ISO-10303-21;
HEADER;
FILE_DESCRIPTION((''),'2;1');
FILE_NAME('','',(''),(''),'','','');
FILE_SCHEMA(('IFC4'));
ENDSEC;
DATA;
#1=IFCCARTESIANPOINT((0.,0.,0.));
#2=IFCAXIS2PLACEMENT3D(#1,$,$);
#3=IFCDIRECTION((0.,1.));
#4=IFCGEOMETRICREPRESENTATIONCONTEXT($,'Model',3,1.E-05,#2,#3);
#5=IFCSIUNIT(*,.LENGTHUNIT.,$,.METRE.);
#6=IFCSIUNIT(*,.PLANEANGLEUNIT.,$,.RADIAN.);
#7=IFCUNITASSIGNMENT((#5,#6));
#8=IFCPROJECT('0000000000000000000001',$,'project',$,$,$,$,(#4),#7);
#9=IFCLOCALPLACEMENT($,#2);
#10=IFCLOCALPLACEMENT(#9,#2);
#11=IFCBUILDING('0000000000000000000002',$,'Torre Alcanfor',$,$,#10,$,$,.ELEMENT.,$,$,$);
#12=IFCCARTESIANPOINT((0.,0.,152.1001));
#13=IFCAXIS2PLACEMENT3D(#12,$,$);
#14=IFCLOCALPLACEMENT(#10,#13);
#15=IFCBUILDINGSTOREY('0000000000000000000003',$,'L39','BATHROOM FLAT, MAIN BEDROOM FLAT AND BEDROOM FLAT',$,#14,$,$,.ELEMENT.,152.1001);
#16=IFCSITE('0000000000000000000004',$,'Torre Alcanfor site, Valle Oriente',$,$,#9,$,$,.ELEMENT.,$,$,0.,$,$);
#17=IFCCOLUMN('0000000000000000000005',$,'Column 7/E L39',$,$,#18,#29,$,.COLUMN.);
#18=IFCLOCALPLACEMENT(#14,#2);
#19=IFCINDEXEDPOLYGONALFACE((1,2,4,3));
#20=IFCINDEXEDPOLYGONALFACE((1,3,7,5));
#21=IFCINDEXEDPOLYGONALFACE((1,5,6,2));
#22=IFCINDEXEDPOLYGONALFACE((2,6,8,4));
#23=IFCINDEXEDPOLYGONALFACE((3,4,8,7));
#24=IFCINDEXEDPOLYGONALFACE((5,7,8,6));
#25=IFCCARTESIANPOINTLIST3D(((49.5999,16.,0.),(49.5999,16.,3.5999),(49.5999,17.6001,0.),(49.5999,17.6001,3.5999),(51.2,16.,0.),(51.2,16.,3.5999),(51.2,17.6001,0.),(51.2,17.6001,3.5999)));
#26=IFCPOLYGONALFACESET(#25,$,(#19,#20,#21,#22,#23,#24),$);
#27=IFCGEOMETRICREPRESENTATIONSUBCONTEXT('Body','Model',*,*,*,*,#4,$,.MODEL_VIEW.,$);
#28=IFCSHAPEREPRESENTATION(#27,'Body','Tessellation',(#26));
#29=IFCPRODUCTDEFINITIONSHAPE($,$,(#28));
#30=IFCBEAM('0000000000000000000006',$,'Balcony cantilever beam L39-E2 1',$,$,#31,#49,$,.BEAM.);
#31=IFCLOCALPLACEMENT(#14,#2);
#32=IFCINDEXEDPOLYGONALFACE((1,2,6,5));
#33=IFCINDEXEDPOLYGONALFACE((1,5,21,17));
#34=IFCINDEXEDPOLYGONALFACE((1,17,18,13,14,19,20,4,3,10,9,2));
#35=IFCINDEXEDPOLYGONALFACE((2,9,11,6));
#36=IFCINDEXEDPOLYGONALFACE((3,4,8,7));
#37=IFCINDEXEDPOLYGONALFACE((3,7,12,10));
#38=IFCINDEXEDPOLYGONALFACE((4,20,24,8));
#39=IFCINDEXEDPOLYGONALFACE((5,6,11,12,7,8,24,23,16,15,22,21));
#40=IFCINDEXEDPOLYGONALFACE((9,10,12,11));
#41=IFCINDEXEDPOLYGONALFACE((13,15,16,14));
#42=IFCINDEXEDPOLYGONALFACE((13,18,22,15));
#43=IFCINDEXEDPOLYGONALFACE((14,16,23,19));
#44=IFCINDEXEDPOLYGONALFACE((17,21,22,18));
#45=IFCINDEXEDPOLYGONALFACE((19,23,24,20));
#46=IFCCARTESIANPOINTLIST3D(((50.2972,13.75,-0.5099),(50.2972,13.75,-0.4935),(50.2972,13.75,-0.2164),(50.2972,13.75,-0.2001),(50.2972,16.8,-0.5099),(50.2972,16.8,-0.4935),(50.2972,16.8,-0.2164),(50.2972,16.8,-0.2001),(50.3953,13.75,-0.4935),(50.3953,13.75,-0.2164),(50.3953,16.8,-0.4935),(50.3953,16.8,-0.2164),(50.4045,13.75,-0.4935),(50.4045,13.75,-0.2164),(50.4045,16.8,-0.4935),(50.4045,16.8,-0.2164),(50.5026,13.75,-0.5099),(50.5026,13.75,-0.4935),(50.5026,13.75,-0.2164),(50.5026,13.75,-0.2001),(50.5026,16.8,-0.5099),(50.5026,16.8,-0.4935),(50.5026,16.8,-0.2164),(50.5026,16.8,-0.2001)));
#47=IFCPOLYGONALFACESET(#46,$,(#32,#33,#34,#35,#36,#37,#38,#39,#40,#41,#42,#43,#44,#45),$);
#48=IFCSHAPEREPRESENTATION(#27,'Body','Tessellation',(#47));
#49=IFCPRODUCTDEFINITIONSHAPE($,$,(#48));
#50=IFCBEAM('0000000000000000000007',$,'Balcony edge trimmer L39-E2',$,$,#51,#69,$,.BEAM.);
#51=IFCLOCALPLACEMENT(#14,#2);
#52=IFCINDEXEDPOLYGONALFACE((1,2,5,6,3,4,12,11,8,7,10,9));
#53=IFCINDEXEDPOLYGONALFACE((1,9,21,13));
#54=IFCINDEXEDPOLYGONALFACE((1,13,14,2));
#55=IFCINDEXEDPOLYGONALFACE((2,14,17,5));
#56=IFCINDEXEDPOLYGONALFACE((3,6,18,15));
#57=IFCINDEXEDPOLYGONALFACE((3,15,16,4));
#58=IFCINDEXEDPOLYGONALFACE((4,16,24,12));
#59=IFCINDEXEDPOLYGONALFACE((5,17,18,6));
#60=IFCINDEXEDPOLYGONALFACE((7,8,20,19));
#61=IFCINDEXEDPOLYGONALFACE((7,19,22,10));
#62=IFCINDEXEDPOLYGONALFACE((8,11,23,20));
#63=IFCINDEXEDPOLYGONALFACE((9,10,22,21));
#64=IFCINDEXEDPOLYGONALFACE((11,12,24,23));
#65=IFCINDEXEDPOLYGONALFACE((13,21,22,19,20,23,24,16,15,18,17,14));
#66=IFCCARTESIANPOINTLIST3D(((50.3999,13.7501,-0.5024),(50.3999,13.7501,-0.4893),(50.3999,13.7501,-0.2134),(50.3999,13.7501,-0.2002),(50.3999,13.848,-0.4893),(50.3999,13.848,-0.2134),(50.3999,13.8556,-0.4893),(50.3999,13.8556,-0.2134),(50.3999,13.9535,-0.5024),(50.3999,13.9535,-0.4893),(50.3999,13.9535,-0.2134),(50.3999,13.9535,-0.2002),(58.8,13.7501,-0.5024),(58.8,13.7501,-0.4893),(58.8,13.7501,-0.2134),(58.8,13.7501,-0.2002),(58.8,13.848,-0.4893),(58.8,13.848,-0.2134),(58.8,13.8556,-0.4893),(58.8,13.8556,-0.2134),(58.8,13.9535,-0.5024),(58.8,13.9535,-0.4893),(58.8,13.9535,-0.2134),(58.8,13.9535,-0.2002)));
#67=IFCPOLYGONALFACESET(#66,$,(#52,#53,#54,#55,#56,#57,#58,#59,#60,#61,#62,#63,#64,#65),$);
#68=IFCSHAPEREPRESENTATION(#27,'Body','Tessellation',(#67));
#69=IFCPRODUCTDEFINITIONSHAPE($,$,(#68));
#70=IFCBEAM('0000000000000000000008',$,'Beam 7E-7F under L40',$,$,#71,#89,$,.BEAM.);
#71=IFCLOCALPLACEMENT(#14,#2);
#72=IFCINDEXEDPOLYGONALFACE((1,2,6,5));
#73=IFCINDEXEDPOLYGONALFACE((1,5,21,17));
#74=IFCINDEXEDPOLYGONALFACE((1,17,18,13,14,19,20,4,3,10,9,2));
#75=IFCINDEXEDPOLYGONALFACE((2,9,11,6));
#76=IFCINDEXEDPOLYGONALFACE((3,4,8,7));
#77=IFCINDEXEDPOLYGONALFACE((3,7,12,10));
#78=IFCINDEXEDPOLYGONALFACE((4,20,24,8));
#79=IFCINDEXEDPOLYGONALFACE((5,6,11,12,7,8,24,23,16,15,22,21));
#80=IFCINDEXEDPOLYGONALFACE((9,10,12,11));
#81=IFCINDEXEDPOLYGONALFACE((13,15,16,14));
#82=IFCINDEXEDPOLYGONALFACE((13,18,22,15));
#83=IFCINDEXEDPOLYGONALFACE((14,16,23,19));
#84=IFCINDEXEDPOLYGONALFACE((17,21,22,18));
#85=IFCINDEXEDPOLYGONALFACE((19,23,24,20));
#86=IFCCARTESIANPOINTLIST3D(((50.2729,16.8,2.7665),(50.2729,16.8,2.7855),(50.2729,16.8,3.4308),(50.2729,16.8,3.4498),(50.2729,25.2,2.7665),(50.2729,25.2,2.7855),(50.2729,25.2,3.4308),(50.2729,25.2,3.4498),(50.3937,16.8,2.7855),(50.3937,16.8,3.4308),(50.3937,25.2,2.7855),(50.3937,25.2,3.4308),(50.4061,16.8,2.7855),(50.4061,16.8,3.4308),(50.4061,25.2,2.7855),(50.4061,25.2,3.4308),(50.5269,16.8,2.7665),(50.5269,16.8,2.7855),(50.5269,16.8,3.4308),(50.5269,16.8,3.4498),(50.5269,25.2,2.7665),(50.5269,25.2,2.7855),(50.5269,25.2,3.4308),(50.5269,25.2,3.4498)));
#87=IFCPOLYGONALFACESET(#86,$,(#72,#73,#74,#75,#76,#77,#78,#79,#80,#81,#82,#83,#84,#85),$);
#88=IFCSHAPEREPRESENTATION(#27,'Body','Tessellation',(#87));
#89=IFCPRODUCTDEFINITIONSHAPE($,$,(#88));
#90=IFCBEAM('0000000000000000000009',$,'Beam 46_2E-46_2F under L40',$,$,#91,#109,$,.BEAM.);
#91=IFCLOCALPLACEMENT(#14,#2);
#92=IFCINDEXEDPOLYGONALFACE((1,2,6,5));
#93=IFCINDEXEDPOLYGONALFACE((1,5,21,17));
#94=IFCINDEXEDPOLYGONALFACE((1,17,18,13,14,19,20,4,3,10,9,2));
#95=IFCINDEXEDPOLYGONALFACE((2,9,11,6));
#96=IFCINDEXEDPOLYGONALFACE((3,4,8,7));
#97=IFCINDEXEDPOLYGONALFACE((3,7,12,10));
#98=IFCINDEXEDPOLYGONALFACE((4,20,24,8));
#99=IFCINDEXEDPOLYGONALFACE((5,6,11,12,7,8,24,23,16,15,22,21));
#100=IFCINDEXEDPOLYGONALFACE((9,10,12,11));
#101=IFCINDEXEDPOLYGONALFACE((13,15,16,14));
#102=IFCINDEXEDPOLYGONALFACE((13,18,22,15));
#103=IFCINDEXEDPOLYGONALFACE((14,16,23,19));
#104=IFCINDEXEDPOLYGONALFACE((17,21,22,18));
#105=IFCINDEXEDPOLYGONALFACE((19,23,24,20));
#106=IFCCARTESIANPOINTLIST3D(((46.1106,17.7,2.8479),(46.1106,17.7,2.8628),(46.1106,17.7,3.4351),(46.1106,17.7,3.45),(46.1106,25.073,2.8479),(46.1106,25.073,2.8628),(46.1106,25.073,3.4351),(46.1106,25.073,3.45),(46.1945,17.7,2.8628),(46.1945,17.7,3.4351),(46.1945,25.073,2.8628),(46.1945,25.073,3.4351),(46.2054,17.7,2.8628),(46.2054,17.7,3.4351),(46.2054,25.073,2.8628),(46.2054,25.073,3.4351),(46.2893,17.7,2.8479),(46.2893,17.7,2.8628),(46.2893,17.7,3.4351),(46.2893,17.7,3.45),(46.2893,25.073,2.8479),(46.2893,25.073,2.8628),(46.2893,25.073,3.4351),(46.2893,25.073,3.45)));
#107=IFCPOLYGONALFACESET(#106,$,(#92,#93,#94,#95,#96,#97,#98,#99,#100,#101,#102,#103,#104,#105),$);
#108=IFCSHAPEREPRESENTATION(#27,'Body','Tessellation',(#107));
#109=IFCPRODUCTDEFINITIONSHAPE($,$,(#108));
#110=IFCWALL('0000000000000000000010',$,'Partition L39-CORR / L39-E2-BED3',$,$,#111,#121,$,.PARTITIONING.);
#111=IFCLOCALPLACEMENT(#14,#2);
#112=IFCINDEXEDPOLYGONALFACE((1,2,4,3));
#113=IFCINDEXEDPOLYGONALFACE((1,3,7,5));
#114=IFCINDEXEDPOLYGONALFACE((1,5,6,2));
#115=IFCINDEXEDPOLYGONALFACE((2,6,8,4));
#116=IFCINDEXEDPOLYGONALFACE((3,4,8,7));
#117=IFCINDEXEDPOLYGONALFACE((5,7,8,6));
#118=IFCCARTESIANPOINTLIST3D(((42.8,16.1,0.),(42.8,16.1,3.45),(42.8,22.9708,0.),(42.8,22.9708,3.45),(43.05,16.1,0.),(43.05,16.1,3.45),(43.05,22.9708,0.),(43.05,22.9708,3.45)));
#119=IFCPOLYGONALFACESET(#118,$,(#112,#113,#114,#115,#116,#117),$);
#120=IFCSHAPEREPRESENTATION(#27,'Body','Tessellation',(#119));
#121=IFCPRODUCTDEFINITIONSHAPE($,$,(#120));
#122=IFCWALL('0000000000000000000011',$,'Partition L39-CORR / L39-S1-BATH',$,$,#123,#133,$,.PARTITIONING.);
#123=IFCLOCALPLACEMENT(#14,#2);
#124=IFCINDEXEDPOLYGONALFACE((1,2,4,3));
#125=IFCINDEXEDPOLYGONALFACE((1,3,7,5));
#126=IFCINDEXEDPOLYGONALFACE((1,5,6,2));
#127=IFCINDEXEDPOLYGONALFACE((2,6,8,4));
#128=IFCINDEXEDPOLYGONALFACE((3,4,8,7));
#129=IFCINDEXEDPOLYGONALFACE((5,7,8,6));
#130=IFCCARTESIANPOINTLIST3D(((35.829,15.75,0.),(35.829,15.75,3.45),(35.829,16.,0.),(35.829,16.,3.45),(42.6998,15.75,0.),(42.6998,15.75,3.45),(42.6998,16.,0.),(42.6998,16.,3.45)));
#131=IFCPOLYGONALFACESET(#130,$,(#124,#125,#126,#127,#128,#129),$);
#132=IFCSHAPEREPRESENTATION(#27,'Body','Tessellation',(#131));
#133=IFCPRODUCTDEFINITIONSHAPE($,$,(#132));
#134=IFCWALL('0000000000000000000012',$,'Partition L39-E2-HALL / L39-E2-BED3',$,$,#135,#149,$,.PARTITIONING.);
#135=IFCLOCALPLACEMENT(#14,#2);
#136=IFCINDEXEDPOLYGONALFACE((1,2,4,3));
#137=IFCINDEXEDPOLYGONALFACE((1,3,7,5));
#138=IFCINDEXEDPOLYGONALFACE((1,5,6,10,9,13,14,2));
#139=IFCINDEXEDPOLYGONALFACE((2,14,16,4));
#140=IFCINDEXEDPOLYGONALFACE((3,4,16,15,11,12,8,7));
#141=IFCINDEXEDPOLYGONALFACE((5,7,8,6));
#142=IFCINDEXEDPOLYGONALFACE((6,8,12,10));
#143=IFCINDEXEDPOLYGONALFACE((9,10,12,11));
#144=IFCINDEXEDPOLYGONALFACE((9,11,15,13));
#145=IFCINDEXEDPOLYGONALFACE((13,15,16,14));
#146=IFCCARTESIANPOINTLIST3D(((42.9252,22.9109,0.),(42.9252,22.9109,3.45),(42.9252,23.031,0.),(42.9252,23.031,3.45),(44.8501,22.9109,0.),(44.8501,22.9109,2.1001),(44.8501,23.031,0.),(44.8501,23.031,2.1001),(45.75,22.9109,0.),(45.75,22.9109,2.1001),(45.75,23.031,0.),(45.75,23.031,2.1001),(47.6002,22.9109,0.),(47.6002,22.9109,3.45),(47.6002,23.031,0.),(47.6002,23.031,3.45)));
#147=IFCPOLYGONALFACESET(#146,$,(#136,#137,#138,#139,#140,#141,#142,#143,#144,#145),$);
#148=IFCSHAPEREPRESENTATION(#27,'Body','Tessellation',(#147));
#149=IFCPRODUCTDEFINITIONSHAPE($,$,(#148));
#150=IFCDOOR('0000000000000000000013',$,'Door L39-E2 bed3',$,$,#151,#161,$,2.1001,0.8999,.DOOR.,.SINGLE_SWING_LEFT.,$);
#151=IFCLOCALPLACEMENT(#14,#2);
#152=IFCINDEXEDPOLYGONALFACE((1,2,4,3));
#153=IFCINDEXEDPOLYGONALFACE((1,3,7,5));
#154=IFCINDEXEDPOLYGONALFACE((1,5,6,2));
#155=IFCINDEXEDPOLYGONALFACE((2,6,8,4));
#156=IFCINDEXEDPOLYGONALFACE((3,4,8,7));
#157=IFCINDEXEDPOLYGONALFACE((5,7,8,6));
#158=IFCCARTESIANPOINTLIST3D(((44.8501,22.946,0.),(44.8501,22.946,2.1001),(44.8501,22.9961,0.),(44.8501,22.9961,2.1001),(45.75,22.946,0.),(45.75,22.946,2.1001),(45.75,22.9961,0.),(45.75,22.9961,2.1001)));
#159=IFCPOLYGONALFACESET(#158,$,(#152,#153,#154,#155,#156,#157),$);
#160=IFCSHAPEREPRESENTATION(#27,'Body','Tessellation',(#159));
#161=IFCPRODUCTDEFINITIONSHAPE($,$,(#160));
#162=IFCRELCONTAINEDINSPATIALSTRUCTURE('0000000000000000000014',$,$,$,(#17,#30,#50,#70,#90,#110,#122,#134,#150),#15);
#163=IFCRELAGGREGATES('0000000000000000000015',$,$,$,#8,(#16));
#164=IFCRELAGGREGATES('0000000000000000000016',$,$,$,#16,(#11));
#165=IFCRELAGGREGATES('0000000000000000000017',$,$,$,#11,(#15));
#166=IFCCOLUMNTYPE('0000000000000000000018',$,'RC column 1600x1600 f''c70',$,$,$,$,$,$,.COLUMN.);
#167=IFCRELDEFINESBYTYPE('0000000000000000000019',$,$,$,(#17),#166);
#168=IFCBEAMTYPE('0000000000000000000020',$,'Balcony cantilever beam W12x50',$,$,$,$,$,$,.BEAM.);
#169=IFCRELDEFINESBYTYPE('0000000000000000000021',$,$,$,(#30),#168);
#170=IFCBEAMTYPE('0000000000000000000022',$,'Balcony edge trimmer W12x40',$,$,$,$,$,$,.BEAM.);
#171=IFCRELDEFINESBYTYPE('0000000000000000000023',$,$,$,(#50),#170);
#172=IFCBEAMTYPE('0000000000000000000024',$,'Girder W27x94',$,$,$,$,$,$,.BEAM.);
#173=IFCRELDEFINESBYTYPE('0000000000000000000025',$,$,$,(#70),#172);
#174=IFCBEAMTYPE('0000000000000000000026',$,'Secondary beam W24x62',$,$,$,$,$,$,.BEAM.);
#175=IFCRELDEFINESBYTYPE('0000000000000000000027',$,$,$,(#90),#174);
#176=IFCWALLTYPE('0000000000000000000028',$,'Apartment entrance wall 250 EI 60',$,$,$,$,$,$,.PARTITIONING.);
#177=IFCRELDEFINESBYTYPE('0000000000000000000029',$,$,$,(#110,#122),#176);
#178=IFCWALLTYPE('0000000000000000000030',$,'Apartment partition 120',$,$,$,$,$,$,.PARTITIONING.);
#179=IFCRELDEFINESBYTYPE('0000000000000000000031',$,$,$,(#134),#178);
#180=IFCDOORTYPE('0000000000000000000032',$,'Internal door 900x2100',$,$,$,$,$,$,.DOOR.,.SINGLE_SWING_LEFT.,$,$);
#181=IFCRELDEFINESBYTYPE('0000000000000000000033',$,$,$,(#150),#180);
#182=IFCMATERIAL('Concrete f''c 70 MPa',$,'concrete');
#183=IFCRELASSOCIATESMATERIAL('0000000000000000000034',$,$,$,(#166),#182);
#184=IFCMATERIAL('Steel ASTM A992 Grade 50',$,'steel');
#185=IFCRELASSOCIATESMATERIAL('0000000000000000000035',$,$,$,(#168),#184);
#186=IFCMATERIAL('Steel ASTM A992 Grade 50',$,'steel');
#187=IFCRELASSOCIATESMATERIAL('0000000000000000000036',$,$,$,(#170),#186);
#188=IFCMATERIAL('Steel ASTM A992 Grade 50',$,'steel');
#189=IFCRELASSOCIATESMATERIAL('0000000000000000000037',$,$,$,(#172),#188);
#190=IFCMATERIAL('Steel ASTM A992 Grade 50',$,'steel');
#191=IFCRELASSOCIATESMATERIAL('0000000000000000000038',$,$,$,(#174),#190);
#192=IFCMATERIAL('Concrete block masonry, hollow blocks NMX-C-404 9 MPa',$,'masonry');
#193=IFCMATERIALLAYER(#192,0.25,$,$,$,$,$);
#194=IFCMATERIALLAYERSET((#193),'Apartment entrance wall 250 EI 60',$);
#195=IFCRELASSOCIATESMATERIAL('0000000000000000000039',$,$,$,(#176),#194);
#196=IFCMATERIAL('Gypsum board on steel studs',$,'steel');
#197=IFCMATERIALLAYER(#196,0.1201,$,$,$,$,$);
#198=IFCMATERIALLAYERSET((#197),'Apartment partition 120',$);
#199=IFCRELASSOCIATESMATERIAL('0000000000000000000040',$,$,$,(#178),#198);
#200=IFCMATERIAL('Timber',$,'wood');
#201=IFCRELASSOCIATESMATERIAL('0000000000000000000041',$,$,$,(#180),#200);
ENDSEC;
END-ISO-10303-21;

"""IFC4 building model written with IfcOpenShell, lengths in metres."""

from ifc_helpers import new_model, si_unit, direction, frame, frame_2d, origin, origin_2d, place, context, subcontext, project, spatial, rectangle, i_section, extrude, material, layer, layer_set, material_profile, profile_set, type_object, element, fill, save


model = new_model("IFC4")

# Units and contexts
model_context = context("Model", 3, precision=1e-05, world=origin(), true_north=direction((0.0, 1.0)))
body_context = subcontext(model_context, "Body", "Model", "MODEL_VIEW")
ifc_project = project(units=[si_unit("LENGTHUNIT", "METRE"), si_unit("PLANEANGLEUNIT", "RADIAN")], contexts=[model_context])

# Site, building, storey
site_placement = place(None, origin())
site = spatial("IfcSite", under=ifc_project, at=site_placement, Name="Torre Alcanfor site, Valle Oriente", CompositionType="ELEMENT", RefElevation=0.0)
building_placement = place(site_placement, origin())
building = spatial("IfcBuilding", under=site, at=building_placement, Name="Torre Alcanfor", CompositionType="ELEMENT")
storey_placement = place(building_placement, frame((0.0, 0.0, 152.1001)))
storey = spatial("IfcBuildingStorey", under=building, at=storey_placement, Name="L39", Description="BATHROOM FLAT, MAIN BEDROOM FLAT AND BEDROOM FLAT", CompositionType="ELEMENT", Elevation=152.1001)

# Column
ifc_material_1 = material(Name="Concrete f'c 70 MPa", Category="concrete")
ifc_material_profile_1 = material_profile(ifc_material_1, rectangle(XDim=1.6001, YDim=1.6001, at=origin_2d()), Name="1600x1600")
ifc_profile_set_1 = profile_set([ifc_material_profile_1], Name="Concrete f'c 70 MPa")
column_type = type_object("IfcColumnType", Name="RC column 1600x1600 f'c70", PredefinedType="COLUMN", material=ifc_profile_set_1)
column_placement = place(storey_placement, frame((50.3999, 16.8, 0.0), z_axis=(0.0, 0.0, 1.0), x_axis=(1.0, 0.0, 0.0)))
element("IfcColumn", 1, at=column_placement, inside=storey, type_object=column_type, Name="Column 7/E L39", PredefinedType="COLUMN", context=body_context, shape_type="SweptSolid", body=[
    extrude(rectangle(XDim=1.6001, YDim=1.6001, at=origin_2d()), origin(), (0.0, 0.0, 1.0), 3.5999),
])

# Beams
ifc_material_2 = material(Name="Steel ASTM A992 Grade 50", Category="steel")
ifc_material_profile_2 = material_profile(ifc_material_2, i_section(OverallWidth=0.2053, OverallDepth=0.3098, WebThickness=0.0093, FlangeThickness=0.0164, at=origin_2d()), Name="W12x50")
ifc_profile_set_2 = profile_set([ifc_material_profile_2], Name="Steel ASTM A992 Grade 50")
beam_type_1 = type_object("IfcBeamType", Name="Balcony cantilever beam W12x50", PredefinedType="BEAM", material=ifc_profile_set_2)
beam_1_placement = place(storey_placement, frame((50.3999, 16.8, -0.355), z_axis=(0.0, -1.0, 0.0), x_axis=(1.0, 0.0, 0.0)))
element("IfcBeam", 2, at=beam_1_placement, inside=storey, type_object=beam_type_1, Name="Balcony cantilever beam L39-E2 1", PredefinedType="BEAM", context=body_context, shape_type="SweptSolid", body=[
    extrude(i_section(OverallWidth=0.2053, OverallDepth=0.3098, WebThickness=0.0093, FlangeThickness=0.0164, at=origin_2d()), origin(), (0.0, 0.0, 1.0), 3.05),
])
ifc_material_3 = material(Name="Steel ASTM A992 Grade 50", Category="steel")
ifc_material_profile_3 = material_profile(ifc_material_3, i_section(OverallWidth=0.2034, OverallDepth=0.3022, WebThickness=0.0076, FlangeThickness=0.0132, at=origin_2d()), Name="W12x40")
ifc_profile_set_3 = profile_set([ifc_material_profile_3], Name="Steel ASTM A992 Grade 50")
beam_type_2 = type_object("IfcBeamType", Name="Balcony edge trimmer W12x40", PredefinedType="BEAM", material=ifc_profile_set_3)
beam_2_placement = place(storey_placement, frame((50.3999, 13.8518, -0.3513), z_axis=(1.0, 0.0, 0.0), x_axis=(0.0, 1.0, 0.0)))
element("IfcBeam", 3, at=beam_2_placement, inside=storey, type_object=beam_type_2, Name="Balcony edge trimmer L39-E2", PredefinedType="BEAM", context=body_context, shape_type="SweptSolid", body=[
    extrude(i_section(OverallWidth=0.2034, OverallDepth=0.3022, WebThickness=0.0076, FlangeThickness=0.0132, at=origin_2d()), origin(), (0.0, 0.0, 1.0), 8.4001),
])
ifc_material_4 = material(Name="Steel ASTM A992 Grade 50", Category="steel")
ifc_material_profile_4 = material_profile(ifc_material_4, i_section(OverallWidth=0.2539, OverallDepth=0.6833, WebThickness=0.0125, FlangeThickness=0.019, at=origin_2d()), Name="W27x94")
ifc_profile_set_4 = profile_set([ifc_material_profile_4], Name="Steel ASTM A992 Grade 50")
beam_type_3 = type_object("IfcBeamType", Name="Girder W27x94", PredefinedType="BEAM", material=ifc_profile_set_4)
beam_3_placement = place(storey_placement, frame((50.3999, 16.8, 3.1082), z_axis=(0.0, 1.0, 0.0), x_axis=(-1.0, 0.0, 0.0)))
element("IfcBeam", 4, at=beam_3_placement, inside=storey, type_object=beam_type_3, Name="Beam 7E-7F under L40", PredefinedType="BEAM", context=body_context, shape_type="SweptSolid", body=[
    extrude(i_section(OverallWidth=0.2539, OverallDepth=0.6833, WebThickness=0.0125, FlangeThickness=0.019, at=origin_2d()), origin(), (0.0, 0.0, 1.0), 8.3999),
])
ifc_material_5 = material(Name="Steel ASTM A992 Grade 50", Category="steel")
ifc_material_profile_5 = material_profile(ifc_material_5, i_section(OverallWidth=0.1787, OverallDepth=0.6021, WebThickness=0.011, FlangeThickness=0.0149, at=origin_2d()), Name="W24x62")
ifc_profile_set_5 = profile_set([ifc_material_profile_5], Name="Steel ASTM A992 Grade 50")
beam_type_4 = type_object("IfcBeamType", Name="Secondary beam W24x62", PredefinedType="BEAM", material=ifc_profile_set_5)
beam_4_placement = place(storey_placement, frame((46.2, 17.7, 3.1489), z_axis=(0.0, 1.0, 0.0), x_axis=(-1.0, 0.0, 0.0)))
element("IfcBeam", 5, at=beam_4_placement, inside=storey, type_object=beam_type_4, Name="Beam 46_2E-46_2F under L40", PredefinedType="BEAM", context=body_context, shape_type="SweptSolid", body=[
    extrude(i_section(OverallWidth=0.1787, OverallDepth=0.6021, WebThickness=0.011, FlangeThickness=0.0149, at=origin_2d()), origin(), (0.0, 0.0, 1.0), 7.373),
])

# Walls
ifc_material_6 = material(Name="Concrete block masonry, hollow blocks NMX-C-404 9 MPa", Category="masonry")
ifc_layer_1 = layer(ifc_material_6, 0.25)
ifc_layer_set_1 = layer_set([ifc_layer_1], Name="Apartment entrance wall 250 EI 60")
wall_type_1 = type_object("IfcWallType", Name="Apartment entrance wall 250 EI 60", PredefinedType="PARTITIONING", material=ifc_layer_set_1)
for number, where, z_axis, x_axis, name in (
    (6, (42.925, 22.9709, 0.0), (0.0, 0.0, 1.0), (0.0, -1.0, 0.0), "Partition L39-CORR / L39-E2-BED3"),
    (7, (42.7, 15.875, 0.0), (0.0, 0.0, 1.0), (-1.0, 0.0, 0.0), "Partition L39-CORR / L39-S1-BATH"),
):
    element("IfcWall", number, at=place(storey_placement, frame(where, z_axis=z_axis, x_axis=x_axis)), inside=storey, type_object=wall_type_1, Name=name, PredefinedType="PARTITIONING", context=body_context, shape_type="SweptSolid", body=[
        extrude(rectangle(XDim=6.8708, YDim=0.25, at=frame_2d((3.4355, 0.0))), origin(), (0.0, 0.0, 1.0), 3.45),
    ])

# Wall, opening, door
ifc_material_7 = material(Name="Gypsum board on steel studs", Category="steel")
ifc_layer_2 = layer(ifc_material_7, 0.1201)
ifc_layer_set_2 = layer_set([ifc_layer_2], Name="Apartment partition 120")
wall_type_2 = type_object("IfcWallType", Name="Apartment partition 120", PredefinedType="PARTITIONING", material=ifc_layer_set_2)
wall_1_placement = place(storey_placement, frame((47.6001, 22.9709, 0.0), z_axis=(0.0, 0.0, 1.0), x_axis=(-1.0, 0.0, 0.0)))
wall_1 = element("IfcWall", 8, at=wall_1_placement, inside=storey, type_object=wall_type_2, Name="Partition L39-E2-HALL / L39-E2-BED3", PredefinedType="PARTITIONING", context=body_context, shape_type="SweptSolid", body=[
    extrude(rectangle(XDim=4.675, YDim=0.1201, at=frame_2d((2.3374, 0.0))), origin(), (0.0, 0.0, 1.0), 3.45),
])
opening_1_placement = place(wall_1_placement, frame((1.8501, 0.0, 0.0)))
opening_1 = element("IfcOpeningElement", 9, at=opening_1_placement, cuts=wall_1, PredefinedType="OPENING", context=body_context, shape_type="SweptSolid", body=[
    extrude(rectangle(XDim=0.8999, YDim=2.1001, at=frame_2d((0.45, 1.05))), frame((0.0, 0.0701, 0.0), z_axis=(0.0, -1.0, 0.0), x_axis=(1.0, 0.0, 0.0)), (0.0, 0.0, 1.0), 0.1401),
])
ifc_material_8 = material(Name="Timber", Category="wood")
door_type_1 = type_object("IfcDoorType", Name="Internal door 900x2100", OperationType="SINGLE_SWING_LEFT", PredefinedType="DOOR", material=ifc_material_8)
door_1_placement = place(opening_1_placement, origin())
door_1 = element("IfcDoor", 10, at=door_1_placement, inside=storey, type_object=door_type_1, Name="Door L39-E2 bed3", OperationType="SINGLE_SWING_LEFT", OverallHeight=2.1001, OverallWidth=0.8999, PredefinedType="DOOR", context=body_context, shape_type="SweptSolid", body=[
    extrude(rectangle(XDim=0.8999, YDim=2.1001, at=frame_2d((0.45, 1.05))), frame((0.0, 0.0249, 0.0), z_axis=(0.0, -1.0, 0.0), x_axis=(1.0, 0.0, 0.0)), (0.0, 0.0, 1.0), 0.05),
])
fill(opening_1, door_1)

save(model, "model.ifc")
